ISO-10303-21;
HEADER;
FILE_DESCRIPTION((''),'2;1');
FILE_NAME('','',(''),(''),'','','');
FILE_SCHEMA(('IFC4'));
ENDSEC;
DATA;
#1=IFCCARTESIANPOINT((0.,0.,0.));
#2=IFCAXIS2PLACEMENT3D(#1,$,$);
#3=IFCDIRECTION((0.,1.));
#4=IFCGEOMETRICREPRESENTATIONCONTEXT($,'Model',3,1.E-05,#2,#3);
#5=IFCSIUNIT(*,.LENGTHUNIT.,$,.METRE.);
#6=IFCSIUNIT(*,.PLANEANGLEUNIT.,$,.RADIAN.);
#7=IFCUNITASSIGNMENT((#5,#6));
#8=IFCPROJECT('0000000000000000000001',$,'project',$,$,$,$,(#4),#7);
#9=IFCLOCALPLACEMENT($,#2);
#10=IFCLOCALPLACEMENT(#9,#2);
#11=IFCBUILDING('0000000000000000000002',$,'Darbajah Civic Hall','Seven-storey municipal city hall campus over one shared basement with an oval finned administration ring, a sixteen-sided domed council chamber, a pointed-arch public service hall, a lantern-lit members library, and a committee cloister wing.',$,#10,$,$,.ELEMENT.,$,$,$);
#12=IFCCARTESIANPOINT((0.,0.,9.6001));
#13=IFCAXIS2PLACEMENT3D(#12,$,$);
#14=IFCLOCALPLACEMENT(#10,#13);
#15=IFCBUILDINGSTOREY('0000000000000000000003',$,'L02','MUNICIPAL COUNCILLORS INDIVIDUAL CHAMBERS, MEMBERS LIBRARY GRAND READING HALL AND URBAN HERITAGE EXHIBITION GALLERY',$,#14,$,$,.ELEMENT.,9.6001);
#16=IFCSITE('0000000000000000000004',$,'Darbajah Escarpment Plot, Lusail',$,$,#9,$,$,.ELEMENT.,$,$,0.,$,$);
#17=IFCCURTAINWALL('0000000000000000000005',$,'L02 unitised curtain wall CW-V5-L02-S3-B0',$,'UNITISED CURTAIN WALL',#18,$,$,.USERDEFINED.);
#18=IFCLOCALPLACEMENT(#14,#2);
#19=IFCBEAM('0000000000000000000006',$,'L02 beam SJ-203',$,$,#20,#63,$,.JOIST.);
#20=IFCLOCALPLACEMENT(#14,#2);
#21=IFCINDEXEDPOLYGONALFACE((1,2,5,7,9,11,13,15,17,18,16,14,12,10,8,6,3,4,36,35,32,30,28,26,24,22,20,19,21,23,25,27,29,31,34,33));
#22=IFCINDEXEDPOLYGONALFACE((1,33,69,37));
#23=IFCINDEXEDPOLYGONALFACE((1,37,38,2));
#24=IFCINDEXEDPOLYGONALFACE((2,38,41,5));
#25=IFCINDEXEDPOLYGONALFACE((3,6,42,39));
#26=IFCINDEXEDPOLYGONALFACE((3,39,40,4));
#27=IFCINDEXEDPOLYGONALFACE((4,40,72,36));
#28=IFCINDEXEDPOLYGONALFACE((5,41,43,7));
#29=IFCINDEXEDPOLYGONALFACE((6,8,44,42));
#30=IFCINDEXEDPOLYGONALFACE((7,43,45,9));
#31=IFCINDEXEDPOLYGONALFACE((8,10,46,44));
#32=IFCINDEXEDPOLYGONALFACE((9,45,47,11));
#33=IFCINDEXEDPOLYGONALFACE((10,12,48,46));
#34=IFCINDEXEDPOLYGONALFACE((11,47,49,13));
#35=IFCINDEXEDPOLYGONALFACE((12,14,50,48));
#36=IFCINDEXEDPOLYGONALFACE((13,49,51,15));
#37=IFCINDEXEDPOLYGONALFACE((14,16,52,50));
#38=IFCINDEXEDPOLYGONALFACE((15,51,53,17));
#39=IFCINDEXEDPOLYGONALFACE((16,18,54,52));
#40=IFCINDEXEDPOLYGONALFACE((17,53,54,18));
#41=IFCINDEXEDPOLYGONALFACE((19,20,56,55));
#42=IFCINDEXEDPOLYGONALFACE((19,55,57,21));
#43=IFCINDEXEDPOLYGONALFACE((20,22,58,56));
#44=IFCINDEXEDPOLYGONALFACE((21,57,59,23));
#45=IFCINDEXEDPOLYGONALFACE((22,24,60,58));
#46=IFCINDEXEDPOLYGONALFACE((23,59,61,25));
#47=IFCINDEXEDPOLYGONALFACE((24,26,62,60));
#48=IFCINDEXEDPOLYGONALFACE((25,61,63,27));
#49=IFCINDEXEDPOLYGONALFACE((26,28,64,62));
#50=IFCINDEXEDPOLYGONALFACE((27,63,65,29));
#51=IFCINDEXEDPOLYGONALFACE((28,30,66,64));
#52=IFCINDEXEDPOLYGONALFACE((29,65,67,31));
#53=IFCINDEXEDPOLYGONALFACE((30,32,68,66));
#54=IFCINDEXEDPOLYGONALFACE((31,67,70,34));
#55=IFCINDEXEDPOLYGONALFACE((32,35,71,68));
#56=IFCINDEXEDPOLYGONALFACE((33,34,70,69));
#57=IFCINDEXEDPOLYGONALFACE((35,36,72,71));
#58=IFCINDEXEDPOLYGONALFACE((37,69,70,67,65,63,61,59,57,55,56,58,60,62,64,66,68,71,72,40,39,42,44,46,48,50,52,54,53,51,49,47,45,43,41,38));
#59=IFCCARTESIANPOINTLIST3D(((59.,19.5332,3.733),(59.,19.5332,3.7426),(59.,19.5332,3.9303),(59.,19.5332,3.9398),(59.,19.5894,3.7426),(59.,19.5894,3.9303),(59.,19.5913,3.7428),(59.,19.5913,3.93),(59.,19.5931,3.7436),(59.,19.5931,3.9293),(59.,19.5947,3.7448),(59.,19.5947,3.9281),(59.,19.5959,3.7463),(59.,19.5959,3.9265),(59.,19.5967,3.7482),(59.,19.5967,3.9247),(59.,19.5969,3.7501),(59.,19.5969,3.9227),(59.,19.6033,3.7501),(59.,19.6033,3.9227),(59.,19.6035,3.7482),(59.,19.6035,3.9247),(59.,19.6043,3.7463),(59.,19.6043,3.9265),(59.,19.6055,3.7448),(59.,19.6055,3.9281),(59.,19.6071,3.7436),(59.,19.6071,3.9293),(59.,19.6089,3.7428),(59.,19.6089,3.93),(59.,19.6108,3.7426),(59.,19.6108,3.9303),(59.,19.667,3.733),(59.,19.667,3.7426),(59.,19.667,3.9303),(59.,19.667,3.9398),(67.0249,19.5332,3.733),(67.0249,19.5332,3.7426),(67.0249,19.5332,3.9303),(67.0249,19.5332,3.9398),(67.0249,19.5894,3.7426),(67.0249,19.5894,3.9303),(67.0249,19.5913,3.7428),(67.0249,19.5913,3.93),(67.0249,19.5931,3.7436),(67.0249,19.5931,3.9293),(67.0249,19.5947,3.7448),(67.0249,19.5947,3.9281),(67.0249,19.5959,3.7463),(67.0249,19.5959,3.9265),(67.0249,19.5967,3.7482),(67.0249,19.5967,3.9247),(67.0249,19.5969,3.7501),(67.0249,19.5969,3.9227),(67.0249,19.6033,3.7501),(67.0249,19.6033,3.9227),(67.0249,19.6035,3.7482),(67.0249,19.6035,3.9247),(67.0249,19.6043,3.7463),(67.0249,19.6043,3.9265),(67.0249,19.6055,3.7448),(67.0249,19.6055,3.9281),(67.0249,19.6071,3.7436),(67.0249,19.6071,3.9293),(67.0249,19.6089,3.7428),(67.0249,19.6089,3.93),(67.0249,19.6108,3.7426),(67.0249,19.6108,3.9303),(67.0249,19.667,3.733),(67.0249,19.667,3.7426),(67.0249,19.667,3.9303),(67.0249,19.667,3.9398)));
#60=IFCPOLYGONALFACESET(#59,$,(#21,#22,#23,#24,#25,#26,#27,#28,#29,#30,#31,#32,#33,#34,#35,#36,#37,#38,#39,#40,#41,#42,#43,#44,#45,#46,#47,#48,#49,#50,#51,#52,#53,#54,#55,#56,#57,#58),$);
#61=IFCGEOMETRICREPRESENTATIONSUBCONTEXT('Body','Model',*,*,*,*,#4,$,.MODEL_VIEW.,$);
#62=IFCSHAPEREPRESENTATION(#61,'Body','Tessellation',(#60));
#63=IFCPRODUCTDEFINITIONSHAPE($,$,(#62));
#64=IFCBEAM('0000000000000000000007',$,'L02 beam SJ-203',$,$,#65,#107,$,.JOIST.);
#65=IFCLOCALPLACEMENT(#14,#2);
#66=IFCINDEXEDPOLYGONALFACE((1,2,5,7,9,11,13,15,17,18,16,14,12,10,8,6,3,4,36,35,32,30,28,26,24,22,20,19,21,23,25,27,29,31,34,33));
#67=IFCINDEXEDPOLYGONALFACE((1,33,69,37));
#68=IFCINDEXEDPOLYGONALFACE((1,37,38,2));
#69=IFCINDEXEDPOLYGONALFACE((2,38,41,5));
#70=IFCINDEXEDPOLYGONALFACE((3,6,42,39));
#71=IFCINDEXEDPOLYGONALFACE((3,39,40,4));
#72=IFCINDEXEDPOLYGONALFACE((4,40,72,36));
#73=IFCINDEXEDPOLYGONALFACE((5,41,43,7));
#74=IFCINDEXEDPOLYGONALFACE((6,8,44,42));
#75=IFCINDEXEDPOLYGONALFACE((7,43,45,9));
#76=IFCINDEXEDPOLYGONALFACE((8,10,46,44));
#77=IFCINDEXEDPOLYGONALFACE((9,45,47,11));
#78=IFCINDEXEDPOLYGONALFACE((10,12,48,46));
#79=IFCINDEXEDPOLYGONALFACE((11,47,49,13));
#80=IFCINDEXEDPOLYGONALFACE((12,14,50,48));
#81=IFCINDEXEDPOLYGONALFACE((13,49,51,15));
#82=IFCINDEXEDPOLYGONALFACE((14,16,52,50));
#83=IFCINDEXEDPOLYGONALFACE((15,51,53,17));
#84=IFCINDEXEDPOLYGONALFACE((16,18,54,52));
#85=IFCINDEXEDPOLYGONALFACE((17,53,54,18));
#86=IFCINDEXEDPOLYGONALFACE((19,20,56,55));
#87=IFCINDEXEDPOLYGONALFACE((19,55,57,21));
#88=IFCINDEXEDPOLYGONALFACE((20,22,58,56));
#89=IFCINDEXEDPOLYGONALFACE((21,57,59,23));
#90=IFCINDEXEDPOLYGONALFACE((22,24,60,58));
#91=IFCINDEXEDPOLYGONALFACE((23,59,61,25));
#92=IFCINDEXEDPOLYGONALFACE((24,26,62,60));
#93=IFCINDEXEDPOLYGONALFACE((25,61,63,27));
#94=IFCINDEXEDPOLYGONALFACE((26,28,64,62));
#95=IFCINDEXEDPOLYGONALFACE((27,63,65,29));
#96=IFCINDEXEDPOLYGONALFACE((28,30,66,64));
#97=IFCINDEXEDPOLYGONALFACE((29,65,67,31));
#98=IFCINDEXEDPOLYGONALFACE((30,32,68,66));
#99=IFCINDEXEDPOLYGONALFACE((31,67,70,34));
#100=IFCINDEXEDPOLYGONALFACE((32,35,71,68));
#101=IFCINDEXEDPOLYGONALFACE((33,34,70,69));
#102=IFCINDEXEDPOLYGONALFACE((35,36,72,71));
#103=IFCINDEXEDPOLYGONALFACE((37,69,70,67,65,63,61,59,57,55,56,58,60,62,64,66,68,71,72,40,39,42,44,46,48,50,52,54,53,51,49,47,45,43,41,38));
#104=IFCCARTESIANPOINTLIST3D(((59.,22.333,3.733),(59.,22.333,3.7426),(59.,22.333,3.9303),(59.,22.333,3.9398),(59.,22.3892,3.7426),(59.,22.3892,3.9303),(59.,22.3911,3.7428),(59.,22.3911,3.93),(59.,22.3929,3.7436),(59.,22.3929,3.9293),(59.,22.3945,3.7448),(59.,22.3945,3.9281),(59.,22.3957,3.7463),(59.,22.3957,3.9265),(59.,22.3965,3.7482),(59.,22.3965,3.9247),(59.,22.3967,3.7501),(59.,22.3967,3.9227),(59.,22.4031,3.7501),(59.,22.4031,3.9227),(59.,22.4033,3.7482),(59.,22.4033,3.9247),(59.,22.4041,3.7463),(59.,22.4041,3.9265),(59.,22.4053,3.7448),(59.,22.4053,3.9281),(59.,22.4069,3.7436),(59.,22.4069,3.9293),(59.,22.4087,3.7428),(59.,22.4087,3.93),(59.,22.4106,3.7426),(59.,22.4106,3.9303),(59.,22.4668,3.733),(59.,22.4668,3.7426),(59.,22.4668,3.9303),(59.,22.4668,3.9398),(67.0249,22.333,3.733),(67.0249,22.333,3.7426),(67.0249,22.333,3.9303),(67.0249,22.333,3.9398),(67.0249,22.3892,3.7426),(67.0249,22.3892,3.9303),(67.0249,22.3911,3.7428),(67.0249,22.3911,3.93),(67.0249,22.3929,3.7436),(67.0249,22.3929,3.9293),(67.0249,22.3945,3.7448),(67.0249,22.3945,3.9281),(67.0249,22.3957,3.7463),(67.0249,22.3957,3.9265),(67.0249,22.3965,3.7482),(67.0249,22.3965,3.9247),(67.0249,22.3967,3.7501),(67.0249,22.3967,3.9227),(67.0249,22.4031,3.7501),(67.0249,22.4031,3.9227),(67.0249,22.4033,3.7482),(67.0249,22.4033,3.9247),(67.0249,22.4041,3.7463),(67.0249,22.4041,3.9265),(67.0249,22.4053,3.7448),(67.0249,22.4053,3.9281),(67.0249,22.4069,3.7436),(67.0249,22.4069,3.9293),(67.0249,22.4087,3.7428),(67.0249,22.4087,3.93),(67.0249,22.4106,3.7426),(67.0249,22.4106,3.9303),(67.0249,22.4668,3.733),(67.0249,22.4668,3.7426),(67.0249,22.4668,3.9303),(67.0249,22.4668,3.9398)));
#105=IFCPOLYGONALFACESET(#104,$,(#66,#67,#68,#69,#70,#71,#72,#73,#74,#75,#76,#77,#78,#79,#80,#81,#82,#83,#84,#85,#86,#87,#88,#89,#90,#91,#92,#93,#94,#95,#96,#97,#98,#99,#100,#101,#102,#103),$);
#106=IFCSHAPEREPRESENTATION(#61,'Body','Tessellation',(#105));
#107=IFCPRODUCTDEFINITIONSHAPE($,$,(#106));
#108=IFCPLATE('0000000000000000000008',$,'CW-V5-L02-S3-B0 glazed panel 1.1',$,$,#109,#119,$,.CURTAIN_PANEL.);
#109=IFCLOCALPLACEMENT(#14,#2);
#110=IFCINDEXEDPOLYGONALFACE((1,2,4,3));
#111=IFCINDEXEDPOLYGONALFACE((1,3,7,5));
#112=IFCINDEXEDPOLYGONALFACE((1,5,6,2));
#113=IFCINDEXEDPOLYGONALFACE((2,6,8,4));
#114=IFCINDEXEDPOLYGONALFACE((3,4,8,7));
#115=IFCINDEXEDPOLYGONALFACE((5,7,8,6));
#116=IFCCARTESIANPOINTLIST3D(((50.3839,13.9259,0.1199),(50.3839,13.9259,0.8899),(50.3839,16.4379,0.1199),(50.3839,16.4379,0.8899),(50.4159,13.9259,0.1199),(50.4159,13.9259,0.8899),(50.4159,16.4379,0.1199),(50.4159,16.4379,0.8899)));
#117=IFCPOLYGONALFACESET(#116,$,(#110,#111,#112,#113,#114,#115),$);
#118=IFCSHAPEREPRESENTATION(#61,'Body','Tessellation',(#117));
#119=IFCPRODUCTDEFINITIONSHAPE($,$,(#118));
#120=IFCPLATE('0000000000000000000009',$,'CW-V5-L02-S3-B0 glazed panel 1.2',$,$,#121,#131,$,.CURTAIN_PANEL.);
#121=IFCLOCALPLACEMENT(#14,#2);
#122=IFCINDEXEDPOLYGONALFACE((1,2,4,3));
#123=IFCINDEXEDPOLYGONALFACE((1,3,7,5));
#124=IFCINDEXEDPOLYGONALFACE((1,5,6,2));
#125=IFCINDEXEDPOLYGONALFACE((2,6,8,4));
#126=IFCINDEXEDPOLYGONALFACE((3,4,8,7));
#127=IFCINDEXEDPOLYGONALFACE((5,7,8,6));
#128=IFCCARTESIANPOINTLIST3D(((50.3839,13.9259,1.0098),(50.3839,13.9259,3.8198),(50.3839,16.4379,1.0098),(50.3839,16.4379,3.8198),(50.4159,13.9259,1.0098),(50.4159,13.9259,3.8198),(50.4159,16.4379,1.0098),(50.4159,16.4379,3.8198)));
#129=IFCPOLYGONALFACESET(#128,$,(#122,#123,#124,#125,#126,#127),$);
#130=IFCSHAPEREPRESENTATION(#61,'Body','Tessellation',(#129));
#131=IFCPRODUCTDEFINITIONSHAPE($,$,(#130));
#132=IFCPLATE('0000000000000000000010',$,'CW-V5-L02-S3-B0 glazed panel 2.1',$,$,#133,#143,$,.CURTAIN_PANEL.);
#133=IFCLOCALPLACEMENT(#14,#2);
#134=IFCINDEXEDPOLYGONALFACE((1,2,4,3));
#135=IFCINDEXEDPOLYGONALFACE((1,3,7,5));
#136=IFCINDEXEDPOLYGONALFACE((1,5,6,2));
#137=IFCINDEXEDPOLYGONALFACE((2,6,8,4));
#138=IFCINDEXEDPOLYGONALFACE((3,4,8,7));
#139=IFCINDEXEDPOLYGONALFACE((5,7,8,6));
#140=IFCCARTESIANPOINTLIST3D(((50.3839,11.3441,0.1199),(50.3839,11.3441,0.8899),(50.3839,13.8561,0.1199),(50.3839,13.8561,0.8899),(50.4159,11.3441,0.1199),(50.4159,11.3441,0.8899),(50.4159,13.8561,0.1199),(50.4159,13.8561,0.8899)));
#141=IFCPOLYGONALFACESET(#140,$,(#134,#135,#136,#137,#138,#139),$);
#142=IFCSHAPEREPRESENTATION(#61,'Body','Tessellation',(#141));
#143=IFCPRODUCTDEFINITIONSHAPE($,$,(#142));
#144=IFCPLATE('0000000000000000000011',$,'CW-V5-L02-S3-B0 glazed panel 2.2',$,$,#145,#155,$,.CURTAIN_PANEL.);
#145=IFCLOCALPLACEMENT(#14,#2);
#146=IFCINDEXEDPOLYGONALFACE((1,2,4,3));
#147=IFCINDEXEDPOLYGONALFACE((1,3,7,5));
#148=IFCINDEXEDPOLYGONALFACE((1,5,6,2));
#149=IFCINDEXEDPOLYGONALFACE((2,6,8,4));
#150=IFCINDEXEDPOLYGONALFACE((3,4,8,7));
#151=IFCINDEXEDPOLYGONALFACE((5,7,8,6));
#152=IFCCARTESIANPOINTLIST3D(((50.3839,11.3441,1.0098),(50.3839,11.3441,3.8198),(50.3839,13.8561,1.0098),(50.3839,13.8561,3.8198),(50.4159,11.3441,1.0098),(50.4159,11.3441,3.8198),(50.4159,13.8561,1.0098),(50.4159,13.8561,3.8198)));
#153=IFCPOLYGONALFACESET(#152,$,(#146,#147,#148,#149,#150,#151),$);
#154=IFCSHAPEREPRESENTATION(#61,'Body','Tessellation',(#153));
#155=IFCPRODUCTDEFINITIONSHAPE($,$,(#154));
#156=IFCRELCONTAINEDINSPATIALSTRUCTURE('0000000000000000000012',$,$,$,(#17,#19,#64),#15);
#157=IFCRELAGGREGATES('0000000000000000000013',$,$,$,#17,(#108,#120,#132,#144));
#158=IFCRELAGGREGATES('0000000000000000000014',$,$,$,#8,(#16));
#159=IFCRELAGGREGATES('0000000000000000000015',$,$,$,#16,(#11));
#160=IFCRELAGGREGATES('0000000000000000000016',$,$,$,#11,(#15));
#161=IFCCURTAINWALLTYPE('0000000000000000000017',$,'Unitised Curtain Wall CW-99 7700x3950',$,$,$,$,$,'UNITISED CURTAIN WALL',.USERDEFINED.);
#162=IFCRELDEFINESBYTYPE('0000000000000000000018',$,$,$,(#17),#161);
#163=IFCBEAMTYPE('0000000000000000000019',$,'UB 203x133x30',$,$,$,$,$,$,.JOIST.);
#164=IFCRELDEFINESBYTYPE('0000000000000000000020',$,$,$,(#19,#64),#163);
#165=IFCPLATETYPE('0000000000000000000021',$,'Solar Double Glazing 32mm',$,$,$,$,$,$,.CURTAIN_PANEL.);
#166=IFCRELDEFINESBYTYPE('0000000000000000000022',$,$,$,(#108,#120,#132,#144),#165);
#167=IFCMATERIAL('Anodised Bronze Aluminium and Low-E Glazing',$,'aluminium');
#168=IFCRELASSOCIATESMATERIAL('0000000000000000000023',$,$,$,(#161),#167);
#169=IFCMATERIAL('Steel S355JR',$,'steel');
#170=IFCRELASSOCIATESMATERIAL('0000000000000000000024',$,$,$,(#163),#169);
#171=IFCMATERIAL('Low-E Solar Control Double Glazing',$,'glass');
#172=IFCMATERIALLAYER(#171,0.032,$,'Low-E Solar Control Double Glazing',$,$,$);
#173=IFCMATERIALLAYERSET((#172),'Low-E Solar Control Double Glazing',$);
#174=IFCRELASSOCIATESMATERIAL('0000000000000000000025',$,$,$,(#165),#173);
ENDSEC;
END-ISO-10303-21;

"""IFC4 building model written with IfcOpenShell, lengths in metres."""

from ifc_helpers import new_model, si_unit, direction, frame, origin, origin_2d, place, context, subcontext, project, spatial, rectangle, i_section, extrude, material, layer, layer_set, material_profile, profile_set, type_object, element, aggregate, save


model = new_model("IFC4")

# Units and contexts
model_context = context("Model", 3, precision=1e-05, world=origin(), true_north=direction((0.0, 1.0)))
body_context = subcontext(model_context, "Body", "Model", "MODEL_VIEW")
ifc_project = project(units=[si_unit("LENGTHUNIT", "METRE"), si_unit("PLANEANGLEUNIT", "RADIAN")], contexts=[model_context])

# Site, building, storey
site_placement = place(None, origin())
site = spatial("IfcSite", under=ifc_project, at=site_placement, Name="Darbajah Escarpment Plot, Lusail", CompositionType="ELEMENT", RefElevation=0.0)
building_placement = place(site_placement, origin())
building = spatial("IfcBuilding", under=site, at=building_placement, Name="Darbajah Civic Hall", Description="Seven-storey municipal city hall campus over one shared basement with an oval finned administration ring, a sixteen-sided domed council chamber, a pointed-arch public service hall, a lantern-lit members library, and a committee cloister wing.", CompositionType="ELEMENT")
storey_placement = place(building_placement, frame((0.0, 0.0, 9.6001)))
storey = spatial("IfcBuildingStorey", under=building, at=storey_placement, Name="L02", Description="MUNICIPAL COUNCILLORS INDIVIDUAL CHAMBERS, MEMBERS LIBRARY GRAND READING HALL AND URBAN HERITAGE EXHIBITION GALLERY", CompositionType="ELEMENT", Elevation=9.6001)

# Curtain wall
ifc_material_1 = material(Name="Anodised Bronze Aluminium and Low-E Glazing", Category="aluminium")
curtain_wall_type = type_object("IfcCurtainWallType", Name="Unitised Curtain Wall CW-99 7700x3950", ElementType="UNITISED CURTAIN WALL", PredefinedType="USERDEFINED", material=ifc_material_1)
curtain_wall_placement = place(storey_placement, origin())
curtain_wall = element("IfcCurtainWall", 1, at=curtain_wall_placement, inside=storey, type_object=curtain_wall_type, Name="L02 unitised curtain wall CW-V5-L02-S3-B0", ObjectType="UNITISED CURTAIN WALL", PredefinedType="USERDEFINED")

# Beams
ifc_material_2 = material(Name="Steel S355JR", Category="steel")
ifc_material_profile_1 = material_profile(ifc_material_2, i_section(OverallWidth=0.1338, OverallDepth=0.2068, WebThickness=0.0063, FlangeThickness=0.0095, FilletRadius=0.0076, at=origin_2d()), Name="UB 203x133x30")
ifc_profile_set_1 = profile_set([ifc_material_profile_1], Name="Steel S355JR")
beam_type_1 = type_object("IfcBeamType", Name="UB 203x133x30", PredefinedType="JOIST", material=ifc_profile_set_1)
for number, where, z_axis, x_axis, name in (
    (2, (59.0, 19.6001, 3.8364), (1.0, 0.0, 0.0), (0.0, 1.0, 0.0), "L02 beam SJ-203"),
    (3, (59.0, 22.3999, 3.8364), (1.0, 0.0, 0.0), (0.0, 1.0, 0.0), "L02 beam SJ-203"),
):
    element("IfcBeam", number, at=place(storey_placement, frame(where, z_axis=z_axis, x_axis=x_axis)), inside=storey, type_object=beam_type_1, Name=name, PredefinedType="JOIST", context=body_context, shape_type="SweptSolid", body=[
        extrude(i_section(OverallWidth=0.1338, OverallDepth=0.2068, WebThickness=0.0063, FlangeThickness=0.0095, FilletRadius=0.0076, at=origin_2d()), origin(), (0.0, 0.0, 1.0), 8.0249),
    ])

# Plates
ifc_material_3 = material(Name="Low-E Solar Control Double Glazing", Category="glass")
ifc_layer_1 = layer(ifc_material_3, 0.032, Name="Low-E Solar Control Double Glazing")
ifc_layer_set_1 = layer_set([ifc_layer_1], Name="Low-E Solar Control Double Glazing")
plate_type = type_object("IfcPlateType", Name="Solar Double Glazing 32mm", PredefinedType="CURTAIN_PANEL", material=ifc_layer_set_1)
plate_1_placement = place(storey_placement, frame((50.3999, 15.1819, 0.1199), z_axis=(0.0, 0.0, 1.0), x_axis=(0.0, -1.0, 0.0)))
plate_1 = element("IfcPlate", 4, at=plate_1_placement, type_object=plate_type, Name="CW-V5-L02-S3-B0 glazed panel 1.1", PredefinedType="CURTAIN_PANEL", context=body_context, shape_type="SweptSolid", body=[
    extrude(rectangle(XDim=2.512, YDim=0.032, at=origin_2d()), origin(), (0.0, 0.0, 1.0), 0.77),
])
plate_2_placement = place(storey_placement, frame((50.3999, 15.1819, 1.0098), z_axis=(0.0, 0.0, 1.0), x_axis=(0.0, -1.0, 0.0)))
plate_2 = element("IfcPlate", 5, at=plate_2_placement, type_object=plate_type, Name="CW-V5-L02-S3-B0 glazed panel 1.2", PredefinedType="CURTAIN_PANEL", context=body_context, shape_type="SweptSolid", body=[
    extrude(rectangle(XDim=2.512, YDim=0.032, at=origin_2d()), origin(), (0.0, 0.0, 1.0), 2.8101),
])
plate_3_placement = place(storey_placement, frame((50.3999, 12.6001, 0.1199), z_axis=(0.0, 0.0, 1.0), x_axis=(0.0, -1.0, 0.0)))
plate_3 = element("IfcPlate", 6, at=plate_3_placement, type_object=plate_type, Name="CW-V5-L02-S3-B0 glazed panel 2.1", PredefinedType="CURTAIN_PANEL", context=body_context, shape_type="SweptSolid", body=[
    extrude(rectangle(XDim=2.512, YDim=0.032, at=origin_2d()), origin(), (0.0, 0.0, 1.0), 0.77),
])
plate_4_placement = place(storey_placement, frame((50.3999, 12.6001, 1.0098), z_axis=(0.0, 0.0, 1.0), x_axis=(0.0, -1.0, 0.0)))
plate_4 = element("IfcPlate", 7, at=plate_4_placement, type_object=plate_type, Name="CW-V5-L02-S3-B0 glazed panel 2.2", PredefinedType="CURTAIN_PANEL", context=body_context, shape_type="SweptSolid", body=[
    extrude(rectangle(XDim=2.512, YDim=0.032, at=origin_2d()), origin(), (0.0, 0.0, 1.0), 2.8101),
])
aggregate(curtain_wall, [plate_1, plate_2, plate_3, plate_4])

save(model, "model.ifc")
